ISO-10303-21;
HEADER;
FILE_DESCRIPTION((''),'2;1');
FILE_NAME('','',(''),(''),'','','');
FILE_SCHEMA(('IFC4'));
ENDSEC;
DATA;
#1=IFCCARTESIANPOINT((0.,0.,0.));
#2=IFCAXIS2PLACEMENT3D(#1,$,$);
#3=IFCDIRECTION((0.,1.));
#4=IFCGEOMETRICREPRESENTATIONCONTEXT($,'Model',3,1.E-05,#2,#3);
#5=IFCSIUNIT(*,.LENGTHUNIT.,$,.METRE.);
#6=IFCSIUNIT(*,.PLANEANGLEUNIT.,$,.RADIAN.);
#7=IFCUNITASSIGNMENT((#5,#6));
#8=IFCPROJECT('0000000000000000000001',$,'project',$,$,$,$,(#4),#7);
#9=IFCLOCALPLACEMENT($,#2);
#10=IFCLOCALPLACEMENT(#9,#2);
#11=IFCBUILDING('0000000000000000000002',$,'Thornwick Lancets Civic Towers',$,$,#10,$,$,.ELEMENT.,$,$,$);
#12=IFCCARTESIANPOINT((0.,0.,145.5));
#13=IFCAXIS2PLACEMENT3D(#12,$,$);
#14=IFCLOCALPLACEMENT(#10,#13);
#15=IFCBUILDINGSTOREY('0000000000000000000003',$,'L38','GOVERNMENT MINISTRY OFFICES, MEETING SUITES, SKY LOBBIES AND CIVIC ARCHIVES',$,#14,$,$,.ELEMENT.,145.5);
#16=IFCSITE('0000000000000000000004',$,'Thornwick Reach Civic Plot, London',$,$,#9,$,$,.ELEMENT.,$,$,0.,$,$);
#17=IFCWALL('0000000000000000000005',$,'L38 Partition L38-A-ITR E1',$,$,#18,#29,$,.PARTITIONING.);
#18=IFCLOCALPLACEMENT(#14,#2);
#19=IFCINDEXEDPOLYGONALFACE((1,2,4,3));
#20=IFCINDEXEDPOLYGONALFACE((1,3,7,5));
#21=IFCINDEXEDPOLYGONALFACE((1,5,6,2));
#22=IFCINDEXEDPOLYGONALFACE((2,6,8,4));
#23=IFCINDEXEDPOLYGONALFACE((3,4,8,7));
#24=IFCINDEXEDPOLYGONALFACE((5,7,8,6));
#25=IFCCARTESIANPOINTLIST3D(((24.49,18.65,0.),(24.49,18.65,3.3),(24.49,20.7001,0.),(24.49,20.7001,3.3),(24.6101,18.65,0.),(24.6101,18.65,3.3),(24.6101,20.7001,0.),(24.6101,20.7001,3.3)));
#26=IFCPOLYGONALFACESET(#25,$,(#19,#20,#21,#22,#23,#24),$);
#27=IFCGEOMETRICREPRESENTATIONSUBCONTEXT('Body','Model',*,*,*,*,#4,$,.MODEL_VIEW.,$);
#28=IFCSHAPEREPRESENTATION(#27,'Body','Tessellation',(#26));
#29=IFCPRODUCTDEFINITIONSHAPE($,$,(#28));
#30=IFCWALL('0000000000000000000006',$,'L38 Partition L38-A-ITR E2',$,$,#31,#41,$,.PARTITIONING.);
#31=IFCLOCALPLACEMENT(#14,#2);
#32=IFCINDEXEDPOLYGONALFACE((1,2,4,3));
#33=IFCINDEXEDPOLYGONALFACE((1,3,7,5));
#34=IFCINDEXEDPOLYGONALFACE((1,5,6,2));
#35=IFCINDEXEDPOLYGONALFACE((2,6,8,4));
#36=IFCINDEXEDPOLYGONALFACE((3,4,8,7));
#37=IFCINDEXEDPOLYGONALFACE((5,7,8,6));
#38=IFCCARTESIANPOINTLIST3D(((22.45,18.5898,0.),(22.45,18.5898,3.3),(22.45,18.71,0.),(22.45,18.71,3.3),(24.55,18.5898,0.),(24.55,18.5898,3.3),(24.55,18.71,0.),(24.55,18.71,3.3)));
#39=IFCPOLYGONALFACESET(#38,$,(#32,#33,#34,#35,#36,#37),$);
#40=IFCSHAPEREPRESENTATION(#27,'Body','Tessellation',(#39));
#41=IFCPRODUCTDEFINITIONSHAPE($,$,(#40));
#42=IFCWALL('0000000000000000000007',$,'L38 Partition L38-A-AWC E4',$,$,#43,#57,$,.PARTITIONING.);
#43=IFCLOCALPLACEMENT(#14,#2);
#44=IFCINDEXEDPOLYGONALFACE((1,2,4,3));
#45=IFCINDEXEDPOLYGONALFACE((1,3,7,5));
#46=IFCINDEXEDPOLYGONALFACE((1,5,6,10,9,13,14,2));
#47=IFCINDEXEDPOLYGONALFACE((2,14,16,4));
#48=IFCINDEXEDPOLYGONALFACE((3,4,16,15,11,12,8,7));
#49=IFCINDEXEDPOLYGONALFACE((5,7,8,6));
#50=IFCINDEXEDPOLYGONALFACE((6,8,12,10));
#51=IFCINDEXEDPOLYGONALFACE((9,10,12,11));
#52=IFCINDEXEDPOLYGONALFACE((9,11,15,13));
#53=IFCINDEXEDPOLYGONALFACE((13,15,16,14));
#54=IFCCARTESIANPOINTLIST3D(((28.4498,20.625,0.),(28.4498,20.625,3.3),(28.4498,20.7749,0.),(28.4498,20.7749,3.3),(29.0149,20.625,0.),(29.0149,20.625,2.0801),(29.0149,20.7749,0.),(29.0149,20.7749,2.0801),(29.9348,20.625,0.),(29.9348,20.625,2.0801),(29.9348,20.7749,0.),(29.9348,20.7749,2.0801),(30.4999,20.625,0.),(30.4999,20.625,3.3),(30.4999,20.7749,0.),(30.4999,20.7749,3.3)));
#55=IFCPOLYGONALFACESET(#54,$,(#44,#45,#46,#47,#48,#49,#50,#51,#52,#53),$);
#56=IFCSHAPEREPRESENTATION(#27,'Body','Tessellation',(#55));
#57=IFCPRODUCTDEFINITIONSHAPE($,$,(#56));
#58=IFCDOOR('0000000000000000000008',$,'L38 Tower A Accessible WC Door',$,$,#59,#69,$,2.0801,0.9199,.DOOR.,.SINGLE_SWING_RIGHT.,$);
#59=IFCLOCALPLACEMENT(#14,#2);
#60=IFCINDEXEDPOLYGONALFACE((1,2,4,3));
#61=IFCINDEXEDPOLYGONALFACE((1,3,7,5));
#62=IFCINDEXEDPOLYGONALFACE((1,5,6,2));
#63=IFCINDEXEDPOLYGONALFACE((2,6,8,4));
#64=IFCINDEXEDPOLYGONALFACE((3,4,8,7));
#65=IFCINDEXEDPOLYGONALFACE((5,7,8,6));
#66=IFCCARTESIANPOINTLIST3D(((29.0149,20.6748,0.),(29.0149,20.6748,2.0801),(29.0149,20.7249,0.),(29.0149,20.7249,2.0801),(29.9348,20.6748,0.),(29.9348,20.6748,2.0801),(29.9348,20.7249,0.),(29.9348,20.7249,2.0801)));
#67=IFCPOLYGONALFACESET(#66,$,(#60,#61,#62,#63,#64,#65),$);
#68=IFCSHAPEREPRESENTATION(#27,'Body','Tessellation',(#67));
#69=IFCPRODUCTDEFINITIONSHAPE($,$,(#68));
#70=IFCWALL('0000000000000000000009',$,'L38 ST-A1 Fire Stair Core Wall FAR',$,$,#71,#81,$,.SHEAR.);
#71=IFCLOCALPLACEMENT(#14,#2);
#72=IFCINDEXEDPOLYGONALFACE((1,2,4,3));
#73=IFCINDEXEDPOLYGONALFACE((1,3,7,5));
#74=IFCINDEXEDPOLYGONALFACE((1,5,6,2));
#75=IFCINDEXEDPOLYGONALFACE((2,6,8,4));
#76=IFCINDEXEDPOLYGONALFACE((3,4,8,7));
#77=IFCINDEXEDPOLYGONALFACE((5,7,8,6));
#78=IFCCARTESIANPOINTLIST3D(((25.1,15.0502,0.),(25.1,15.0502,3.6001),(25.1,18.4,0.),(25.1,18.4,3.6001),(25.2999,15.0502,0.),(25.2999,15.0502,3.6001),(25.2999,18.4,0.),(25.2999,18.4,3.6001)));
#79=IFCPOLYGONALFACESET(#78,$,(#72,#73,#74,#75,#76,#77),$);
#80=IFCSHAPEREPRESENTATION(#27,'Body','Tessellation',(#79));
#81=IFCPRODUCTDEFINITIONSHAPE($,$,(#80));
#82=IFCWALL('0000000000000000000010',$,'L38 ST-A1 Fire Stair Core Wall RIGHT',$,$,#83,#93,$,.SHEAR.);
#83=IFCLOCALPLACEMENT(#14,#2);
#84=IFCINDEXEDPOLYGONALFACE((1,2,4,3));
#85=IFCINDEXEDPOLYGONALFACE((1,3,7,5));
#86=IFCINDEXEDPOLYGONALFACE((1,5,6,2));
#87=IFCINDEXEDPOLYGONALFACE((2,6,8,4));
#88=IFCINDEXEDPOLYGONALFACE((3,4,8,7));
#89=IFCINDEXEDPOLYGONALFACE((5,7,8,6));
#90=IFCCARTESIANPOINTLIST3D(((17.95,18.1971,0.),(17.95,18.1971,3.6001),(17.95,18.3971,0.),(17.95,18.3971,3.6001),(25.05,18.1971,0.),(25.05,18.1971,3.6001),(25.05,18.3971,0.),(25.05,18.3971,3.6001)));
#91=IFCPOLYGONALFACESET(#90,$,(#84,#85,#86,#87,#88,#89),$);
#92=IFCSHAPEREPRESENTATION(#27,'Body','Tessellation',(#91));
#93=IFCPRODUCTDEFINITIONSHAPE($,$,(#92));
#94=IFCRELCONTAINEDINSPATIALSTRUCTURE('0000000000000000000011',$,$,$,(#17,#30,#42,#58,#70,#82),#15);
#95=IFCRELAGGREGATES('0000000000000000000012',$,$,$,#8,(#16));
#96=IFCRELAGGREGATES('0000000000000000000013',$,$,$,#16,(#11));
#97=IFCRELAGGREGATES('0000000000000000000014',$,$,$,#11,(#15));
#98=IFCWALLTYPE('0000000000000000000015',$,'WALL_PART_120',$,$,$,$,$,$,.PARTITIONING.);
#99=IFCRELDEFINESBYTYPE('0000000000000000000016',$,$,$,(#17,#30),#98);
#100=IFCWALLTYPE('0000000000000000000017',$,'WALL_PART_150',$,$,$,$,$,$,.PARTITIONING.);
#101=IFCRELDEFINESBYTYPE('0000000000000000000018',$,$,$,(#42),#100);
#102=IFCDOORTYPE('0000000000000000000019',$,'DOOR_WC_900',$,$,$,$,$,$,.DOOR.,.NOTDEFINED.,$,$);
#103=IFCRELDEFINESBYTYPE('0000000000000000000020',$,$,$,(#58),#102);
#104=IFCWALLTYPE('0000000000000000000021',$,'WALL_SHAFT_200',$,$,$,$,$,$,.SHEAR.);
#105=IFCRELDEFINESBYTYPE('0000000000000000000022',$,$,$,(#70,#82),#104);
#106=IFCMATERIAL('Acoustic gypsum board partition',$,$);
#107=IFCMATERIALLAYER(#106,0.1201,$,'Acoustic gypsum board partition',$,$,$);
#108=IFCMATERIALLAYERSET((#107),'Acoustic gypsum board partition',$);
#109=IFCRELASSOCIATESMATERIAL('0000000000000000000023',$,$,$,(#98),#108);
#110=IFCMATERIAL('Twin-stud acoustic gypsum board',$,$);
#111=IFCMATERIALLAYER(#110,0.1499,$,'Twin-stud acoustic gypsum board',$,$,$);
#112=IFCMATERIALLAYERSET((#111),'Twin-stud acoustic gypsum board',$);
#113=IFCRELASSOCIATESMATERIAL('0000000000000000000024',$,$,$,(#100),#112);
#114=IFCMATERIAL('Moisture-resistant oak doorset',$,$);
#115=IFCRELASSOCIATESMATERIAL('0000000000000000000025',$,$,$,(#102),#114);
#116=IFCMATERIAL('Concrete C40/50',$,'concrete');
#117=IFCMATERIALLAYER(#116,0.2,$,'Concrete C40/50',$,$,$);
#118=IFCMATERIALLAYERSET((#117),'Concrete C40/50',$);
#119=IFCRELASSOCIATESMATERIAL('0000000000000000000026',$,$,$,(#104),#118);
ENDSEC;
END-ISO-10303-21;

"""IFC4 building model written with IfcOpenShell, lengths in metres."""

from ifc_helpers import new_model, si_unit, direction, frame, frame_2d, origin, place, context, subcontext, project, spatial, rectangle, extrude, material, layer, layer_set, type_object, element, fill, save


model = new_model("IFC4")

# Units and contexts
model_context = context("Model", 3, precision=1e-05, world=origin(), true_north=direction((0.0, 1.0)))
body_context = subcontext(model_context, "Body", "Model", "MODEL_VIEW")
ifc_project = project(units=[si_unit("LENGTHUNIT", "METRE"), si_unit("PLANEANGLEUNIT", "RADIAN")], contexts=[model_context])

# Site, building, storey
site_placement = place(None, origin())
site = spatial("IfcSite", under=ifc_project, at=site_placement, Name="Thornwick Reach Civic Plot, London", CompositionType="ELEMENT", RefElevation=0.0)
building_placement = place(site_placement, origin())
building = spatial("IfcBuilding", under=site, at=building_placement, Name="Thornwick Lancets Civic Towers", CompositionType="ELEMENT")
storey_placement = place(building_placement, frame((0.0, 0.0, 145.5)))
storey = spatial("IfcBuildingStorey", under=building, at=storey_placement, Name="L38", Description="GOVERNMENT MINISTRY OFFICES, MEETING SUITES, SKY LOBBIES AND CIVIC ARCHIVES", CompositionType="ELEMENT", Elevation=145.5)

# Shared definitions
ifc_material_1 = material(Name="Concrete C40/50", Category="concrete")

# Walls
ifc_material_2 = material(Name="Acoustic gypsum board partition")
ifc_layer_1 = layer(ifc_material_2, 0.1201, Name="Acoustic gypsum board partition")
ifc_layer_set_1 = layer_set([ifc_layer_1], Name="Acoustic gypsum board partition")
wall_type_1 = type_object("IfcWallType", Name="WALL_PART_120", PredefinedType="PARTITIONING", material=ifc_layer_set_1)
wall_1_placement = place(storey_placement, frame((24.55, 20.7, 0.0), z_axis=(0.0, 0.0, 1.0), x_axis=(0.0, -1.0, 0.0)))
element("IfcWall", 1, at=wall_1_placement, inside=storey, type_object=wall_type_1, Name="L38 Partition L38-A-ITR E1", PredefinedType="PARTITIONING", context=body_context, shape_type="SweptSolid", body=[
    extrude(rectangle(XDim=2.05, YDim=0.1201, at=frame_2d((1.0249, 0.0))), origin(), (0.0, 0.0, 1.0), 3.3),
])
wall_2_placement = place(storey_placement, frame((24.55, 18.6499, 0.0), z_axis=(0.0, 0.0, 1.0), x_axis=(-1.0, 0.0, 0.0)))
element("IfcWall", 2, at=wall_2_placement, inside=storey, type_object=wall_type_1, Name="L38 Partition L38-A-ITR E2", PredefinedType="PARTITIONING", context=body_context, shape_type="SweptSolid", body=[
    extrude(rectangle(XDim=2.1001, YDim=0.1201, at=frame_2d((1.05, 0.0))), origin(), (0.0, 0.0, 1.0), 3.3),
])

# Wall, opening, door
ifc_material_3 = material(Name="Twin-stud acoustic gypsum board")
ifc_layer_2 = layer(ifc_material_3, 0.1499, Name="Twin-stud acoustic gypsum board")
ifc_layer_set_2 = layer_set([ifc_layer_2], Name="Twin-stud acoustic gypsum board")
wall_type_2 = type_object("IfcWallType", Name="WALL_PART_150", PredefinedType="PARTITIONING", material=ifc_layer_set_2)
wall_3_placement = place(storey_placement, frame((28.45, 20.7, 0.0), z_axis=(0.0, 0.0, 1.0), x_axis=(1.0, 0.0, 0.0)))
wall_3 = element("IfcWall", 3, at=wall_3_placement, inside=storey, type_object=wall_type_2, Name="L38 Partition L38-A-AWC E4", PredefinedType="PARTITIONING", context=body_context, shape_type="SweptSolid", body=[
    extrude(rectangle(XDim=2.05, YDim=0.1499, at=frame_2d((1.0249, 0.0))), origin(), (0.0, 0.0, 1.0), 3.3),
])
opening_1_placement = place(wall_3_placement, frame((0.5649, 0.0, 0.0)))
opening_1 = element("IfcOpeningElement", 4, at=opening_1_placement, cuts=wall_3, PredefinedType="OPENING", context=body_context, shape_type="SweptSolid", body=[
    extrude(rectangle(XDim=0.9199, YDim=2.0801, at=frame_2d((0.46, 1.04))), frame((0.0, 0.085, 0.0), z_axis=(0.0, -1.0, 0.0), x_axis=(1.0, 0.0, 0.0)), (0.0, 0.0, 1.0), 0.1699),
])
ifc_material_4 = material(Name="Moisture-resistant oak doorset")
door_type_1 = type_object("IfcDoorType", Name="DOOR_WC_900", OperationType="NOTDEFINED", PredefinedType="DOOR", material=ifc_material_4)
door_1_placement = place(opening_1_placement, origin())
door_1 = element("IfcDoor", 5, at=door_1_placement, inside=storey, type_object=door_type_1, Name="L38 Tower A Accessible WC Door", OperationType="SINGLE_SWING_RIGHT", OverallHeight=2.0801, OverallWidth=0.9199, PredefinedType="DOOR", context=body_context, shape_type="SweptSolid", body=[
    extrude(rectangle(XDim=0.9199, YDim=2.0801, at=frame_2d((0.46, 1.04))), frame((0.0, 0.0249, 0.0), z_axis=(0.0, -1.0, 0.0), x_axis=(1.0, 0.0, 0.0)), (0.0, 0.0, 1.0), 0.05),
])
fill(opening_1, door_1)

# Walls
ifc_layer_3 = layer(ifc_material_1, 0.2, Name="Concrete C40/50")
ifc_layer_set_3 = layer_set([ifc_layer_3], Name="Concrete C40/50")
wall_type_3 = type_object("IfcWallType", Name="WALL_SHAFT_200", PredefinedType="SHEAR", material=ifc_layer_set_3)
wall_4_placement = place(storey_placement, frame((25.2, 18.3999, 0.0), z_axis=(0.0, 0.0, 1.0), x_axis=(0.0, -1.0, 0.0)))
element("IfcWall", 6, at=wall_4_placement, inside=storey, type_object=wall_type_3, Name="L38 ST-A1 Fire Stair Core Wall FAR", PredefinedType="SHEAR", context=body_context, shape_type="SweptSolid", body=[
    extrude(rectangle(XDim=3.3499, YDim=0.2, at=frame_2d((1.6748, 0.0))), origin(), (0.0, 0.0, 1.0), 3.6001),
])
wall_5_placement = place(storey_placement, frame((25.05, 18.2971, 0.0), z_axis=(0.0, 0.0, 1.0), x_axis=(-1.0, 0.0, 0.0)))
element("IfcWall", 7, at=wall_5_placement, inside=storey, type_object=wall_type_3, Name="L38 ST-A1 Fire Stair Core Wall RIGHT", PredefinedType="SHEAR", context=body_context, shape_type="SweptSolid", body=[
    extrude(rectangle(XDim=7.1001, YDim=0.2, at=frame_2d((3.55, 0.0))), origin(), (0.0, 0.0, 1.0), 3.6001),
])

save(model, "model.ifc")
